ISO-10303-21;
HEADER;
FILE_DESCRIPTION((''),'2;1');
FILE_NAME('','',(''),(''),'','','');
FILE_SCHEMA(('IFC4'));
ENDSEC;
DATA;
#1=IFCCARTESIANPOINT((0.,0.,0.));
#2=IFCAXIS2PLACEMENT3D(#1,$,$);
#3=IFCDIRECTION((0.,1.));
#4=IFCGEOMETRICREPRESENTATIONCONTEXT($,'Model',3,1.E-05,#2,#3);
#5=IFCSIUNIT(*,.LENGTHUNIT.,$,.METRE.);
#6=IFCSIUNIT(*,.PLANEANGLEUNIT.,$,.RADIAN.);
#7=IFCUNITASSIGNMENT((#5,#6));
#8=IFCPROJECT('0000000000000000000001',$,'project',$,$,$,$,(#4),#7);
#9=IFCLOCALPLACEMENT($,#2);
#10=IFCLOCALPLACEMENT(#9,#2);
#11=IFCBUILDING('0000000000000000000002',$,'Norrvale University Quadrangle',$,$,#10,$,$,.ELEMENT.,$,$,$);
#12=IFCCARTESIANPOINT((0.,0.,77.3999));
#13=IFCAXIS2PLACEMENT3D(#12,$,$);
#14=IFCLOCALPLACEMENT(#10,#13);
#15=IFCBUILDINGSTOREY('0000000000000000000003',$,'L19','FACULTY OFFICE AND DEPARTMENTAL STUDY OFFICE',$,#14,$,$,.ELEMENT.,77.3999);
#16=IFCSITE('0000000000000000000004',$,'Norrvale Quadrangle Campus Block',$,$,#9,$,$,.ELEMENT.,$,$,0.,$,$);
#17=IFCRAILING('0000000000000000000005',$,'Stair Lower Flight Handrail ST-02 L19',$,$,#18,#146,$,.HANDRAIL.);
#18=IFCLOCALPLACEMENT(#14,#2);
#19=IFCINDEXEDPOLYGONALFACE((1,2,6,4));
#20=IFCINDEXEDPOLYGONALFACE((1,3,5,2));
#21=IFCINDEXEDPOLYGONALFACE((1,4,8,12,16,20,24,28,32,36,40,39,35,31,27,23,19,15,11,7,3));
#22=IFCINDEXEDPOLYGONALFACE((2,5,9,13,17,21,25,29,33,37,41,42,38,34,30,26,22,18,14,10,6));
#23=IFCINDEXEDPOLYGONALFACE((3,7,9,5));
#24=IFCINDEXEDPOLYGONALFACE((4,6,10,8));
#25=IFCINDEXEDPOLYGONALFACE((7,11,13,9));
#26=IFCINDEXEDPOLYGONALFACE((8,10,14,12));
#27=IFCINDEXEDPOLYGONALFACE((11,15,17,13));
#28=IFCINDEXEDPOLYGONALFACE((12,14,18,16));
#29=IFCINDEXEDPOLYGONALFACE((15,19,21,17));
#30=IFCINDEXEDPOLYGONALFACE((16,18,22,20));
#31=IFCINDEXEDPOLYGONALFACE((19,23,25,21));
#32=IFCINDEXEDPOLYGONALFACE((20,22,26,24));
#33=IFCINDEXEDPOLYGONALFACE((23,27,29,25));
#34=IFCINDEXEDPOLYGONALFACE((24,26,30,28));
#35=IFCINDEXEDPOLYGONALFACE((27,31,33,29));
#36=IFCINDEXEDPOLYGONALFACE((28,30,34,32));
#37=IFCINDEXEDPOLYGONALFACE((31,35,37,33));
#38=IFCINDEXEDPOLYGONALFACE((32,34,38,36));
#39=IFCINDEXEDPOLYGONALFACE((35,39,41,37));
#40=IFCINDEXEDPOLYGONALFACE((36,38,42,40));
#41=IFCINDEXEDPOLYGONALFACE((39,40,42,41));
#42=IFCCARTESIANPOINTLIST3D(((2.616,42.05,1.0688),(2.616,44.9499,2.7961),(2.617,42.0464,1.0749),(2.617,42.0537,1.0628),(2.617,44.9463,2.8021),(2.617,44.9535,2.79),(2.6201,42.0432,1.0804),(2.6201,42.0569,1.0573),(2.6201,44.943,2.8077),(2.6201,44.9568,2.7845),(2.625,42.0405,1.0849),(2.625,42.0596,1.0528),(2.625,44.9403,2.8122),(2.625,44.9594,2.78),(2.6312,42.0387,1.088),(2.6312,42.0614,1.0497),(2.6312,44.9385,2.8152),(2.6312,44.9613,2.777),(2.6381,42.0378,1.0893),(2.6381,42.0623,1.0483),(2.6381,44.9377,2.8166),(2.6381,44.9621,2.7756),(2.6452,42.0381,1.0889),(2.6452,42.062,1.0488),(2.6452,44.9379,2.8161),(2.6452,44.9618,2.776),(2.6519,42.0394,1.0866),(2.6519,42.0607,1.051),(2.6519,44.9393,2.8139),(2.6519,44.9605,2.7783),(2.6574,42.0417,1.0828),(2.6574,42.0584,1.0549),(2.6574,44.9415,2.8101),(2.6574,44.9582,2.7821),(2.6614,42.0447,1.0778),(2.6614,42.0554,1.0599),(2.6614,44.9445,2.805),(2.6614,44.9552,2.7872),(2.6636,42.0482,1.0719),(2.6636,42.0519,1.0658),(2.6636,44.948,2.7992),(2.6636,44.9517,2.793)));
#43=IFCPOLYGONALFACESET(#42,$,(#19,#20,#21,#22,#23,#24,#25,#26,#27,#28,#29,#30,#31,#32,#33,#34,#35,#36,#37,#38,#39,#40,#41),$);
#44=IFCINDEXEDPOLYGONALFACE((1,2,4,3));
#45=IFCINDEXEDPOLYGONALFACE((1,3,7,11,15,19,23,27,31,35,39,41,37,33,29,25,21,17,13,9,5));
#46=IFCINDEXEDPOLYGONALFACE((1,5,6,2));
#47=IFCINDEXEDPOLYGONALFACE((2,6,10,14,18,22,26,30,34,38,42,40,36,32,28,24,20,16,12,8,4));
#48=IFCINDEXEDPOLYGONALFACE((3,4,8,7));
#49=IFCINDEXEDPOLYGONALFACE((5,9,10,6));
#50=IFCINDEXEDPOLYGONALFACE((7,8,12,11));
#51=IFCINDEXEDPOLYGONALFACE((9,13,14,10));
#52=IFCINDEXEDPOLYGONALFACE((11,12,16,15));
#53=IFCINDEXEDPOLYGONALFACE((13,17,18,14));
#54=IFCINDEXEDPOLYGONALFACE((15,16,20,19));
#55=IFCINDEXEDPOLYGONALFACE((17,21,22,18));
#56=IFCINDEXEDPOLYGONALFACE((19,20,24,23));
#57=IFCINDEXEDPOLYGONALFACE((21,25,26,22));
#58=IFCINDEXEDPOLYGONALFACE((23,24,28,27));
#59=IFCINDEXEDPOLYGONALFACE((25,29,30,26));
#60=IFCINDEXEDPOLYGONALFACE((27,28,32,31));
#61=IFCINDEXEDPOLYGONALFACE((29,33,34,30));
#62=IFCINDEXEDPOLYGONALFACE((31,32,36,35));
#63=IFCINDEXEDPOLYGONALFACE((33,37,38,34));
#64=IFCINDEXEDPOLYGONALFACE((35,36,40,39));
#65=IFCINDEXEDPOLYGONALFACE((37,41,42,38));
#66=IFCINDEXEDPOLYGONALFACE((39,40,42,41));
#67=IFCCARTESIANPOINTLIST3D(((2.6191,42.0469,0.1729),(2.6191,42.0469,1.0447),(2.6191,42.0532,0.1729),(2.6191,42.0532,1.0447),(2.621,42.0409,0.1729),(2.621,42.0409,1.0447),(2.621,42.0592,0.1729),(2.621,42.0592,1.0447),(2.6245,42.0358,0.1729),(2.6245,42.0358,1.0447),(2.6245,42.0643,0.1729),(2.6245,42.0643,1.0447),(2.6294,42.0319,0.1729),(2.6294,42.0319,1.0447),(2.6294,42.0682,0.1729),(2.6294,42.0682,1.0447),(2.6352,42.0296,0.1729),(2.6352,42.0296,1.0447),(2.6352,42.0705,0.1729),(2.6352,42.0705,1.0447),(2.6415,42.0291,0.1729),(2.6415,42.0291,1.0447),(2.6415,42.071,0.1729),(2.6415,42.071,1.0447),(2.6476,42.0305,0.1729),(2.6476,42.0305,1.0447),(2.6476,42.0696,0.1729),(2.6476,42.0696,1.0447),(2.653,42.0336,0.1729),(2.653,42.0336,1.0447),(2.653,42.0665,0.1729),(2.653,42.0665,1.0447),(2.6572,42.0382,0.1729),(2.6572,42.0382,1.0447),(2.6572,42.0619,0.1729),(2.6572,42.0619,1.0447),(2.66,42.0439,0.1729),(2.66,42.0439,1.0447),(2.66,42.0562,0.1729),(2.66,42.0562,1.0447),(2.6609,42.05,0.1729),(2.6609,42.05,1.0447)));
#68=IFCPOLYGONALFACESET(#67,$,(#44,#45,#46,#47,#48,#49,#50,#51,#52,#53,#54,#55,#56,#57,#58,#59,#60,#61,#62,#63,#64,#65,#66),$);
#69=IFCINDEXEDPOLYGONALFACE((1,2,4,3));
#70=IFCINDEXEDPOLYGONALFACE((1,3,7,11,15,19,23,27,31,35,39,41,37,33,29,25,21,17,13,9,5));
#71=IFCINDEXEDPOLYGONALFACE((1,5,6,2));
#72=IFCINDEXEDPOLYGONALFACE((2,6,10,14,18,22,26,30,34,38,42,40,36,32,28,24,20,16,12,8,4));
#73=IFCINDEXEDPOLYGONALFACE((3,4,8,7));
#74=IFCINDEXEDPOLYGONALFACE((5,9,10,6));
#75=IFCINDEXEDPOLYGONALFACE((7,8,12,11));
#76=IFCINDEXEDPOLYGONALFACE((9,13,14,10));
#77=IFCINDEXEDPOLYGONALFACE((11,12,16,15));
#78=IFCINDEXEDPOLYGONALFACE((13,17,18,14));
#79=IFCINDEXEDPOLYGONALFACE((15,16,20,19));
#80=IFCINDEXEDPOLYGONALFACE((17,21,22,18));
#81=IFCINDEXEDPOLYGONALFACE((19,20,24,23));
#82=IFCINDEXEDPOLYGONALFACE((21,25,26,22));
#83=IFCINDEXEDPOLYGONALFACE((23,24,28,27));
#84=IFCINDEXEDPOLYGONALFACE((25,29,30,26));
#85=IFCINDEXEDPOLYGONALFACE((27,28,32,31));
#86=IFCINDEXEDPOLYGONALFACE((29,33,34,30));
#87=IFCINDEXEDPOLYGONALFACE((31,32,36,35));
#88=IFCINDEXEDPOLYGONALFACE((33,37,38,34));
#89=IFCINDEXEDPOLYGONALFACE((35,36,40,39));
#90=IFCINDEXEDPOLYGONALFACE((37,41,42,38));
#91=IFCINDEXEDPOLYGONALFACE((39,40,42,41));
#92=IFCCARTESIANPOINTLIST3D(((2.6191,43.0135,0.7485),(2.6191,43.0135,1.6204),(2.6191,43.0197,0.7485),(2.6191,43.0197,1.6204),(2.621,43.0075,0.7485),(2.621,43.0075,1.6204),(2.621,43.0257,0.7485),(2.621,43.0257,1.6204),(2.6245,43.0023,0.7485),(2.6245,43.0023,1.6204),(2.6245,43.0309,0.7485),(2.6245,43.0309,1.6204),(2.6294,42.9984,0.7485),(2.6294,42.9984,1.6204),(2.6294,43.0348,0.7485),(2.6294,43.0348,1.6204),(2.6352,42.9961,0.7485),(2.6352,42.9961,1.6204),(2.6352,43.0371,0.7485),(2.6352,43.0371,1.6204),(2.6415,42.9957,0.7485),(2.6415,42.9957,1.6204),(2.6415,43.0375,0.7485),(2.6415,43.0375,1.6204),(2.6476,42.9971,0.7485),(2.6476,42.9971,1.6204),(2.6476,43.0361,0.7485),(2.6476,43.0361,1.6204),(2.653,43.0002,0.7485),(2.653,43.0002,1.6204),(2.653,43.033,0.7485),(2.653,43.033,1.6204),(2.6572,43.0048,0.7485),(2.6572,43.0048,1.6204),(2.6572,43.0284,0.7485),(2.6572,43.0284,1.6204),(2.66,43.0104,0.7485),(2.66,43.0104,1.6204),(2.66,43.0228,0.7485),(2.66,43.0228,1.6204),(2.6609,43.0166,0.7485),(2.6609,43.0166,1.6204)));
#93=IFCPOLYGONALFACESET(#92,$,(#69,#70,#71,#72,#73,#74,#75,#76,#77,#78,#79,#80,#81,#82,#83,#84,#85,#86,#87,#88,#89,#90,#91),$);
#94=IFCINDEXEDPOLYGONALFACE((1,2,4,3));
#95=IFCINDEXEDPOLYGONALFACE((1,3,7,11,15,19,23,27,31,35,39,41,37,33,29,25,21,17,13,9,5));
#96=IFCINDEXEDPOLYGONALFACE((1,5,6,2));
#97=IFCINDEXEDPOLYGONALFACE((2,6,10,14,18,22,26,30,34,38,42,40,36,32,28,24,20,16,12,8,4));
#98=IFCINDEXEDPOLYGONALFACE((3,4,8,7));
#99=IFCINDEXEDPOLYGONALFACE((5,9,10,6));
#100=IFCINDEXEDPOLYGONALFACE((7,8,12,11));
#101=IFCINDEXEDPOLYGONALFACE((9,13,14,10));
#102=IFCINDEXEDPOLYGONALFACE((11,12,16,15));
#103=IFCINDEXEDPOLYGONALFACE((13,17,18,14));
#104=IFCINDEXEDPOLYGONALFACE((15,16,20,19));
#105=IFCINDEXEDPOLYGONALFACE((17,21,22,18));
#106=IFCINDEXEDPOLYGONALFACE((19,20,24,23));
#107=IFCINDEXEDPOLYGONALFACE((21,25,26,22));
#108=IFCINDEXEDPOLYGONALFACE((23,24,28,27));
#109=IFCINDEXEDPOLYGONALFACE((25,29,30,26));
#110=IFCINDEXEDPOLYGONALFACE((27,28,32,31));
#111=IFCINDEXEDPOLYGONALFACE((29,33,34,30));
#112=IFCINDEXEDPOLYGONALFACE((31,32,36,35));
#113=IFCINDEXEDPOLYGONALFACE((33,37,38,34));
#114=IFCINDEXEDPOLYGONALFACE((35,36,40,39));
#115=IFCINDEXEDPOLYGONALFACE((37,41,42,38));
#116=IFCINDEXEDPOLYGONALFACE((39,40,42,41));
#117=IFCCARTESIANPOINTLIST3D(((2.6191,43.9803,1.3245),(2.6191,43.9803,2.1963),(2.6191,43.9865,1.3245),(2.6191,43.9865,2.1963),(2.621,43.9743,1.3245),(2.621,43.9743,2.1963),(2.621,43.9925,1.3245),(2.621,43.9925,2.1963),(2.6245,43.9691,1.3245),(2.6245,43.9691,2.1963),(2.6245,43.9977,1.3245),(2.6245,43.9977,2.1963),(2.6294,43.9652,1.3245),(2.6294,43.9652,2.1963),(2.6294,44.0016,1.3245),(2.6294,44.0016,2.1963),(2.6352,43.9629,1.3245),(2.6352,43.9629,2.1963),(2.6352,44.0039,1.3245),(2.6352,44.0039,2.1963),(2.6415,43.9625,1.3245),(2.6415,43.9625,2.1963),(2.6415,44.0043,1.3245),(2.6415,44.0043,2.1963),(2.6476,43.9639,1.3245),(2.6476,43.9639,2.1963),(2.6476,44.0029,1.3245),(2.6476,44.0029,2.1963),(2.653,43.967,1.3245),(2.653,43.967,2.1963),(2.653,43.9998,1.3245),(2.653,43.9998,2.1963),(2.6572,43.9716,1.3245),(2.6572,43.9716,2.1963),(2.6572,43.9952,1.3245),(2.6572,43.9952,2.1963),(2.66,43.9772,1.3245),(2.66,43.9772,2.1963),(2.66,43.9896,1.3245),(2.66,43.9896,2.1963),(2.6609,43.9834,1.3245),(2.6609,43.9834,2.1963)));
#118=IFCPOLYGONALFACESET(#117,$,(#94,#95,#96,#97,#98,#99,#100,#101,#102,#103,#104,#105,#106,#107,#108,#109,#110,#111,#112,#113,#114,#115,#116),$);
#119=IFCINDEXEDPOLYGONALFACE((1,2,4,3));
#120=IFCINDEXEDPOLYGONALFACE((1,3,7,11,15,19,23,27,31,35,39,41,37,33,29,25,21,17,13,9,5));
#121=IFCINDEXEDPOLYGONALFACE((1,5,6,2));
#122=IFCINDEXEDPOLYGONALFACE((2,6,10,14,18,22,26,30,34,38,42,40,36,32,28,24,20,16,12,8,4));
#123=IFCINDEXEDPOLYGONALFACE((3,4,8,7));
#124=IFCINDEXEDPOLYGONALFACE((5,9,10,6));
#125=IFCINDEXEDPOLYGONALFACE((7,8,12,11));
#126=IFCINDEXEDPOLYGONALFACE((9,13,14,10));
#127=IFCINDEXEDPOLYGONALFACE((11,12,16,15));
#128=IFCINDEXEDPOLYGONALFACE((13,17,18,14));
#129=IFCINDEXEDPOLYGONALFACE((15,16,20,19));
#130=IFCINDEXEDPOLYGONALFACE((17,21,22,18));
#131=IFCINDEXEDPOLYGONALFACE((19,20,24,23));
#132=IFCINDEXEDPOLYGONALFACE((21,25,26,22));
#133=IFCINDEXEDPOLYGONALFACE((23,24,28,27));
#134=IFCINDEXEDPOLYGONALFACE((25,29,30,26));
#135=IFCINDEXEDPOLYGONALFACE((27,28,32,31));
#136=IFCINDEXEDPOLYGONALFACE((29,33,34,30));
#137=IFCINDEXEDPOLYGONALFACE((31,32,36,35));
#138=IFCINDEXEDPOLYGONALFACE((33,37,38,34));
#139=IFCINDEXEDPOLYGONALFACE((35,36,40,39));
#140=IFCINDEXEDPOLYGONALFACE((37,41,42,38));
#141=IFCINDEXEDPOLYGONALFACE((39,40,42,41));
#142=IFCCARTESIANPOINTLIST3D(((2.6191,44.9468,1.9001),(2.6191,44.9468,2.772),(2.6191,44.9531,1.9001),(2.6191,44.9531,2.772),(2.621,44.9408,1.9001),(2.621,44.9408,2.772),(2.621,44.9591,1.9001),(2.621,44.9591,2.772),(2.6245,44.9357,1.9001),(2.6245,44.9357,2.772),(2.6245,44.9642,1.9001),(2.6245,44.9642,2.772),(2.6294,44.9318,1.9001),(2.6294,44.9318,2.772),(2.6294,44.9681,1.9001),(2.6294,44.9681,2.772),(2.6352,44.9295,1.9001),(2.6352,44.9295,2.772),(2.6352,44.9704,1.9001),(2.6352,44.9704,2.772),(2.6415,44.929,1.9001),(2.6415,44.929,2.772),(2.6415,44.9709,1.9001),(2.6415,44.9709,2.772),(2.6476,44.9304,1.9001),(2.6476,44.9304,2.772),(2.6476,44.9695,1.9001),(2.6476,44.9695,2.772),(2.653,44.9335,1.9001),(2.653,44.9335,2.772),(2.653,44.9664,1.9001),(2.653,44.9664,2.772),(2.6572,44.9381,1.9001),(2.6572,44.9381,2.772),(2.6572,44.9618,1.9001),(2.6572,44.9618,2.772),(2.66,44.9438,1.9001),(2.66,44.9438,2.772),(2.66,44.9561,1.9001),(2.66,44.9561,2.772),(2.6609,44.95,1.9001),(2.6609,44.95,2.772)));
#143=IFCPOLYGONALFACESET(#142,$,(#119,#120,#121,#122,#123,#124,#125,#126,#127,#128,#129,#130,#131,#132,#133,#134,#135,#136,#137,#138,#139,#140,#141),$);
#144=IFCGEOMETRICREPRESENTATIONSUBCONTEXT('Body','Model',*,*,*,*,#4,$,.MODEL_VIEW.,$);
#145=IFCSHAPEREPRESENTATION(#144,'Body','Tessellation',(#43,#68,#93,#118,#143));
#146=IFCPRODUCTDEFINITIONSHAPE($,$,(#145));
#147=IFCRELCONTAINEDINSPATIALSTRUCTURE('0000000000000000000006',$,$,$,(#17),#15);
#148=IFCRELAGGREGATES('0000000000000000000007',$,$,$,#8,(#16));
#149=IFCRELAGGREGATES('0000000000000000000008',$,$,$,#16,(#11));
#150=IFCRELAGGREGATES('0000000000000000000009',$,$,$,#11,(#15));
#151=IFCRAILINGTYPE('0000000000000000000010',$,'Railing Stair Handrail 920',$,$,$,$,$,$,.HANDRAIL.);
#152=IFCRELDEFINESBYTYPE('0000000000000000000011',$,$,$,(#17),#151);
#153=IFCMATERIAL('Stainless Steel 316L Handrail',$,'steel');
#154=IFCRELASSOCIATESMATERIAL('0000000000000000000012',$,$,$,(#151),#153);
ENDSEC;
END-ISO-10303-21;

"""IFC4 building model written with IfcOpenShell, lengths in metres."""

from ifc_helpers import new_model, si_unit, direction, frame, origin, origin_2d, place, context, subcontext, project, spatial, circle, extrude, material, type_object, element, save


model = new_model("IFC4")

# Units and contexts
model_context = context("Model", 3, precision=1e-05, world=origin(), true_north=direction((0.0, 1.0)))
body_context = subcontext(model_context, "Body", "Model", "MODEL_VIEW")
ifc_project = project(units=[si_unit("LENGTHUNIT", "METRE"), si_unit("PLANEANGLEUNIT", "RADIAN")], contexts=[model_context])

# Site, building, storey
site_placement = place(None, origin())
site = spatial("IfcSite", under=ifc_project, at=site_placement, Name="Norrvale Quadrangle Campus Block", CompositionType="ELEMENT", RefElevation=0.0)
building_placement = place(site_placement, origin())
building = spatial("IfcBuilding", under=site, at=building_placement, Name="Norrvale University Quadrangle", CompositionType="ELEMENT")
storey_placement = place(building_placement, frame((0.0, 0.0, 77.3999)))
storey = spatial("IfcBuildingStorey", under=building, at=storey_placement, Name="L19", Description="FACULTY OFFICE AND DEPARTMENTAL STUDY OFFICE", CompositionType="ELEMENT", Elevation=77.3999)

# Railing
ifc_material_1 = material(Name="Stainless Steel 316L Handrail", Category="steel")
railing_type_1 = type_object("IfcRailingType", Name="Railing Stair Handrail 920", PredefinedType="HANDRAIL", material=ifc_material_1)
railing_1_placement = place(storey_placement, frame((2.6399, 42.05, 0.1729)))
element("IfcRailing", 1, at=railing_1_placement, inside=storey, type_object=railing_type_1, Name="Stair Lower Flight Handrail ST-02 L19", PredefinedType="HANDRAIL", context=body_context, shape_type="SweptSolid", body=[
    extrude(circle(Radius=0.0239, at=origin_2d()), frame((0.0, 0.0, 0.896), z_axis=(0.0, 0.859141, 0.511738), x_axis=(-1.0, 0.0, 0.0)), (0.0, 0.0, 1.0), 3.3752),
    extrude(circle(Radius=0.021, at=origin_2d()), origin(), (0.0, 0.0, 1.0), 0.8718),
    extrude(circle(Radius=0.021, at=origin_2d()), frame((0.0, 0.9666, 0.5757)), (0.0, 0.0, 1.0), 0.8718),
    extrude(circle(Radius=0.021, at=origin_2d()), frame((0.0, 1.9333, 1.1516)), (0.0, 0.0, 1.0), 0.8718),
    extrude(circle(Radius=0.021, at=origin_2d()), frame((0.0, 2.8999, 1.7273)), (0.0, 0.0, 1.0), 0.8718),
])

save(model, "model.ifc")
